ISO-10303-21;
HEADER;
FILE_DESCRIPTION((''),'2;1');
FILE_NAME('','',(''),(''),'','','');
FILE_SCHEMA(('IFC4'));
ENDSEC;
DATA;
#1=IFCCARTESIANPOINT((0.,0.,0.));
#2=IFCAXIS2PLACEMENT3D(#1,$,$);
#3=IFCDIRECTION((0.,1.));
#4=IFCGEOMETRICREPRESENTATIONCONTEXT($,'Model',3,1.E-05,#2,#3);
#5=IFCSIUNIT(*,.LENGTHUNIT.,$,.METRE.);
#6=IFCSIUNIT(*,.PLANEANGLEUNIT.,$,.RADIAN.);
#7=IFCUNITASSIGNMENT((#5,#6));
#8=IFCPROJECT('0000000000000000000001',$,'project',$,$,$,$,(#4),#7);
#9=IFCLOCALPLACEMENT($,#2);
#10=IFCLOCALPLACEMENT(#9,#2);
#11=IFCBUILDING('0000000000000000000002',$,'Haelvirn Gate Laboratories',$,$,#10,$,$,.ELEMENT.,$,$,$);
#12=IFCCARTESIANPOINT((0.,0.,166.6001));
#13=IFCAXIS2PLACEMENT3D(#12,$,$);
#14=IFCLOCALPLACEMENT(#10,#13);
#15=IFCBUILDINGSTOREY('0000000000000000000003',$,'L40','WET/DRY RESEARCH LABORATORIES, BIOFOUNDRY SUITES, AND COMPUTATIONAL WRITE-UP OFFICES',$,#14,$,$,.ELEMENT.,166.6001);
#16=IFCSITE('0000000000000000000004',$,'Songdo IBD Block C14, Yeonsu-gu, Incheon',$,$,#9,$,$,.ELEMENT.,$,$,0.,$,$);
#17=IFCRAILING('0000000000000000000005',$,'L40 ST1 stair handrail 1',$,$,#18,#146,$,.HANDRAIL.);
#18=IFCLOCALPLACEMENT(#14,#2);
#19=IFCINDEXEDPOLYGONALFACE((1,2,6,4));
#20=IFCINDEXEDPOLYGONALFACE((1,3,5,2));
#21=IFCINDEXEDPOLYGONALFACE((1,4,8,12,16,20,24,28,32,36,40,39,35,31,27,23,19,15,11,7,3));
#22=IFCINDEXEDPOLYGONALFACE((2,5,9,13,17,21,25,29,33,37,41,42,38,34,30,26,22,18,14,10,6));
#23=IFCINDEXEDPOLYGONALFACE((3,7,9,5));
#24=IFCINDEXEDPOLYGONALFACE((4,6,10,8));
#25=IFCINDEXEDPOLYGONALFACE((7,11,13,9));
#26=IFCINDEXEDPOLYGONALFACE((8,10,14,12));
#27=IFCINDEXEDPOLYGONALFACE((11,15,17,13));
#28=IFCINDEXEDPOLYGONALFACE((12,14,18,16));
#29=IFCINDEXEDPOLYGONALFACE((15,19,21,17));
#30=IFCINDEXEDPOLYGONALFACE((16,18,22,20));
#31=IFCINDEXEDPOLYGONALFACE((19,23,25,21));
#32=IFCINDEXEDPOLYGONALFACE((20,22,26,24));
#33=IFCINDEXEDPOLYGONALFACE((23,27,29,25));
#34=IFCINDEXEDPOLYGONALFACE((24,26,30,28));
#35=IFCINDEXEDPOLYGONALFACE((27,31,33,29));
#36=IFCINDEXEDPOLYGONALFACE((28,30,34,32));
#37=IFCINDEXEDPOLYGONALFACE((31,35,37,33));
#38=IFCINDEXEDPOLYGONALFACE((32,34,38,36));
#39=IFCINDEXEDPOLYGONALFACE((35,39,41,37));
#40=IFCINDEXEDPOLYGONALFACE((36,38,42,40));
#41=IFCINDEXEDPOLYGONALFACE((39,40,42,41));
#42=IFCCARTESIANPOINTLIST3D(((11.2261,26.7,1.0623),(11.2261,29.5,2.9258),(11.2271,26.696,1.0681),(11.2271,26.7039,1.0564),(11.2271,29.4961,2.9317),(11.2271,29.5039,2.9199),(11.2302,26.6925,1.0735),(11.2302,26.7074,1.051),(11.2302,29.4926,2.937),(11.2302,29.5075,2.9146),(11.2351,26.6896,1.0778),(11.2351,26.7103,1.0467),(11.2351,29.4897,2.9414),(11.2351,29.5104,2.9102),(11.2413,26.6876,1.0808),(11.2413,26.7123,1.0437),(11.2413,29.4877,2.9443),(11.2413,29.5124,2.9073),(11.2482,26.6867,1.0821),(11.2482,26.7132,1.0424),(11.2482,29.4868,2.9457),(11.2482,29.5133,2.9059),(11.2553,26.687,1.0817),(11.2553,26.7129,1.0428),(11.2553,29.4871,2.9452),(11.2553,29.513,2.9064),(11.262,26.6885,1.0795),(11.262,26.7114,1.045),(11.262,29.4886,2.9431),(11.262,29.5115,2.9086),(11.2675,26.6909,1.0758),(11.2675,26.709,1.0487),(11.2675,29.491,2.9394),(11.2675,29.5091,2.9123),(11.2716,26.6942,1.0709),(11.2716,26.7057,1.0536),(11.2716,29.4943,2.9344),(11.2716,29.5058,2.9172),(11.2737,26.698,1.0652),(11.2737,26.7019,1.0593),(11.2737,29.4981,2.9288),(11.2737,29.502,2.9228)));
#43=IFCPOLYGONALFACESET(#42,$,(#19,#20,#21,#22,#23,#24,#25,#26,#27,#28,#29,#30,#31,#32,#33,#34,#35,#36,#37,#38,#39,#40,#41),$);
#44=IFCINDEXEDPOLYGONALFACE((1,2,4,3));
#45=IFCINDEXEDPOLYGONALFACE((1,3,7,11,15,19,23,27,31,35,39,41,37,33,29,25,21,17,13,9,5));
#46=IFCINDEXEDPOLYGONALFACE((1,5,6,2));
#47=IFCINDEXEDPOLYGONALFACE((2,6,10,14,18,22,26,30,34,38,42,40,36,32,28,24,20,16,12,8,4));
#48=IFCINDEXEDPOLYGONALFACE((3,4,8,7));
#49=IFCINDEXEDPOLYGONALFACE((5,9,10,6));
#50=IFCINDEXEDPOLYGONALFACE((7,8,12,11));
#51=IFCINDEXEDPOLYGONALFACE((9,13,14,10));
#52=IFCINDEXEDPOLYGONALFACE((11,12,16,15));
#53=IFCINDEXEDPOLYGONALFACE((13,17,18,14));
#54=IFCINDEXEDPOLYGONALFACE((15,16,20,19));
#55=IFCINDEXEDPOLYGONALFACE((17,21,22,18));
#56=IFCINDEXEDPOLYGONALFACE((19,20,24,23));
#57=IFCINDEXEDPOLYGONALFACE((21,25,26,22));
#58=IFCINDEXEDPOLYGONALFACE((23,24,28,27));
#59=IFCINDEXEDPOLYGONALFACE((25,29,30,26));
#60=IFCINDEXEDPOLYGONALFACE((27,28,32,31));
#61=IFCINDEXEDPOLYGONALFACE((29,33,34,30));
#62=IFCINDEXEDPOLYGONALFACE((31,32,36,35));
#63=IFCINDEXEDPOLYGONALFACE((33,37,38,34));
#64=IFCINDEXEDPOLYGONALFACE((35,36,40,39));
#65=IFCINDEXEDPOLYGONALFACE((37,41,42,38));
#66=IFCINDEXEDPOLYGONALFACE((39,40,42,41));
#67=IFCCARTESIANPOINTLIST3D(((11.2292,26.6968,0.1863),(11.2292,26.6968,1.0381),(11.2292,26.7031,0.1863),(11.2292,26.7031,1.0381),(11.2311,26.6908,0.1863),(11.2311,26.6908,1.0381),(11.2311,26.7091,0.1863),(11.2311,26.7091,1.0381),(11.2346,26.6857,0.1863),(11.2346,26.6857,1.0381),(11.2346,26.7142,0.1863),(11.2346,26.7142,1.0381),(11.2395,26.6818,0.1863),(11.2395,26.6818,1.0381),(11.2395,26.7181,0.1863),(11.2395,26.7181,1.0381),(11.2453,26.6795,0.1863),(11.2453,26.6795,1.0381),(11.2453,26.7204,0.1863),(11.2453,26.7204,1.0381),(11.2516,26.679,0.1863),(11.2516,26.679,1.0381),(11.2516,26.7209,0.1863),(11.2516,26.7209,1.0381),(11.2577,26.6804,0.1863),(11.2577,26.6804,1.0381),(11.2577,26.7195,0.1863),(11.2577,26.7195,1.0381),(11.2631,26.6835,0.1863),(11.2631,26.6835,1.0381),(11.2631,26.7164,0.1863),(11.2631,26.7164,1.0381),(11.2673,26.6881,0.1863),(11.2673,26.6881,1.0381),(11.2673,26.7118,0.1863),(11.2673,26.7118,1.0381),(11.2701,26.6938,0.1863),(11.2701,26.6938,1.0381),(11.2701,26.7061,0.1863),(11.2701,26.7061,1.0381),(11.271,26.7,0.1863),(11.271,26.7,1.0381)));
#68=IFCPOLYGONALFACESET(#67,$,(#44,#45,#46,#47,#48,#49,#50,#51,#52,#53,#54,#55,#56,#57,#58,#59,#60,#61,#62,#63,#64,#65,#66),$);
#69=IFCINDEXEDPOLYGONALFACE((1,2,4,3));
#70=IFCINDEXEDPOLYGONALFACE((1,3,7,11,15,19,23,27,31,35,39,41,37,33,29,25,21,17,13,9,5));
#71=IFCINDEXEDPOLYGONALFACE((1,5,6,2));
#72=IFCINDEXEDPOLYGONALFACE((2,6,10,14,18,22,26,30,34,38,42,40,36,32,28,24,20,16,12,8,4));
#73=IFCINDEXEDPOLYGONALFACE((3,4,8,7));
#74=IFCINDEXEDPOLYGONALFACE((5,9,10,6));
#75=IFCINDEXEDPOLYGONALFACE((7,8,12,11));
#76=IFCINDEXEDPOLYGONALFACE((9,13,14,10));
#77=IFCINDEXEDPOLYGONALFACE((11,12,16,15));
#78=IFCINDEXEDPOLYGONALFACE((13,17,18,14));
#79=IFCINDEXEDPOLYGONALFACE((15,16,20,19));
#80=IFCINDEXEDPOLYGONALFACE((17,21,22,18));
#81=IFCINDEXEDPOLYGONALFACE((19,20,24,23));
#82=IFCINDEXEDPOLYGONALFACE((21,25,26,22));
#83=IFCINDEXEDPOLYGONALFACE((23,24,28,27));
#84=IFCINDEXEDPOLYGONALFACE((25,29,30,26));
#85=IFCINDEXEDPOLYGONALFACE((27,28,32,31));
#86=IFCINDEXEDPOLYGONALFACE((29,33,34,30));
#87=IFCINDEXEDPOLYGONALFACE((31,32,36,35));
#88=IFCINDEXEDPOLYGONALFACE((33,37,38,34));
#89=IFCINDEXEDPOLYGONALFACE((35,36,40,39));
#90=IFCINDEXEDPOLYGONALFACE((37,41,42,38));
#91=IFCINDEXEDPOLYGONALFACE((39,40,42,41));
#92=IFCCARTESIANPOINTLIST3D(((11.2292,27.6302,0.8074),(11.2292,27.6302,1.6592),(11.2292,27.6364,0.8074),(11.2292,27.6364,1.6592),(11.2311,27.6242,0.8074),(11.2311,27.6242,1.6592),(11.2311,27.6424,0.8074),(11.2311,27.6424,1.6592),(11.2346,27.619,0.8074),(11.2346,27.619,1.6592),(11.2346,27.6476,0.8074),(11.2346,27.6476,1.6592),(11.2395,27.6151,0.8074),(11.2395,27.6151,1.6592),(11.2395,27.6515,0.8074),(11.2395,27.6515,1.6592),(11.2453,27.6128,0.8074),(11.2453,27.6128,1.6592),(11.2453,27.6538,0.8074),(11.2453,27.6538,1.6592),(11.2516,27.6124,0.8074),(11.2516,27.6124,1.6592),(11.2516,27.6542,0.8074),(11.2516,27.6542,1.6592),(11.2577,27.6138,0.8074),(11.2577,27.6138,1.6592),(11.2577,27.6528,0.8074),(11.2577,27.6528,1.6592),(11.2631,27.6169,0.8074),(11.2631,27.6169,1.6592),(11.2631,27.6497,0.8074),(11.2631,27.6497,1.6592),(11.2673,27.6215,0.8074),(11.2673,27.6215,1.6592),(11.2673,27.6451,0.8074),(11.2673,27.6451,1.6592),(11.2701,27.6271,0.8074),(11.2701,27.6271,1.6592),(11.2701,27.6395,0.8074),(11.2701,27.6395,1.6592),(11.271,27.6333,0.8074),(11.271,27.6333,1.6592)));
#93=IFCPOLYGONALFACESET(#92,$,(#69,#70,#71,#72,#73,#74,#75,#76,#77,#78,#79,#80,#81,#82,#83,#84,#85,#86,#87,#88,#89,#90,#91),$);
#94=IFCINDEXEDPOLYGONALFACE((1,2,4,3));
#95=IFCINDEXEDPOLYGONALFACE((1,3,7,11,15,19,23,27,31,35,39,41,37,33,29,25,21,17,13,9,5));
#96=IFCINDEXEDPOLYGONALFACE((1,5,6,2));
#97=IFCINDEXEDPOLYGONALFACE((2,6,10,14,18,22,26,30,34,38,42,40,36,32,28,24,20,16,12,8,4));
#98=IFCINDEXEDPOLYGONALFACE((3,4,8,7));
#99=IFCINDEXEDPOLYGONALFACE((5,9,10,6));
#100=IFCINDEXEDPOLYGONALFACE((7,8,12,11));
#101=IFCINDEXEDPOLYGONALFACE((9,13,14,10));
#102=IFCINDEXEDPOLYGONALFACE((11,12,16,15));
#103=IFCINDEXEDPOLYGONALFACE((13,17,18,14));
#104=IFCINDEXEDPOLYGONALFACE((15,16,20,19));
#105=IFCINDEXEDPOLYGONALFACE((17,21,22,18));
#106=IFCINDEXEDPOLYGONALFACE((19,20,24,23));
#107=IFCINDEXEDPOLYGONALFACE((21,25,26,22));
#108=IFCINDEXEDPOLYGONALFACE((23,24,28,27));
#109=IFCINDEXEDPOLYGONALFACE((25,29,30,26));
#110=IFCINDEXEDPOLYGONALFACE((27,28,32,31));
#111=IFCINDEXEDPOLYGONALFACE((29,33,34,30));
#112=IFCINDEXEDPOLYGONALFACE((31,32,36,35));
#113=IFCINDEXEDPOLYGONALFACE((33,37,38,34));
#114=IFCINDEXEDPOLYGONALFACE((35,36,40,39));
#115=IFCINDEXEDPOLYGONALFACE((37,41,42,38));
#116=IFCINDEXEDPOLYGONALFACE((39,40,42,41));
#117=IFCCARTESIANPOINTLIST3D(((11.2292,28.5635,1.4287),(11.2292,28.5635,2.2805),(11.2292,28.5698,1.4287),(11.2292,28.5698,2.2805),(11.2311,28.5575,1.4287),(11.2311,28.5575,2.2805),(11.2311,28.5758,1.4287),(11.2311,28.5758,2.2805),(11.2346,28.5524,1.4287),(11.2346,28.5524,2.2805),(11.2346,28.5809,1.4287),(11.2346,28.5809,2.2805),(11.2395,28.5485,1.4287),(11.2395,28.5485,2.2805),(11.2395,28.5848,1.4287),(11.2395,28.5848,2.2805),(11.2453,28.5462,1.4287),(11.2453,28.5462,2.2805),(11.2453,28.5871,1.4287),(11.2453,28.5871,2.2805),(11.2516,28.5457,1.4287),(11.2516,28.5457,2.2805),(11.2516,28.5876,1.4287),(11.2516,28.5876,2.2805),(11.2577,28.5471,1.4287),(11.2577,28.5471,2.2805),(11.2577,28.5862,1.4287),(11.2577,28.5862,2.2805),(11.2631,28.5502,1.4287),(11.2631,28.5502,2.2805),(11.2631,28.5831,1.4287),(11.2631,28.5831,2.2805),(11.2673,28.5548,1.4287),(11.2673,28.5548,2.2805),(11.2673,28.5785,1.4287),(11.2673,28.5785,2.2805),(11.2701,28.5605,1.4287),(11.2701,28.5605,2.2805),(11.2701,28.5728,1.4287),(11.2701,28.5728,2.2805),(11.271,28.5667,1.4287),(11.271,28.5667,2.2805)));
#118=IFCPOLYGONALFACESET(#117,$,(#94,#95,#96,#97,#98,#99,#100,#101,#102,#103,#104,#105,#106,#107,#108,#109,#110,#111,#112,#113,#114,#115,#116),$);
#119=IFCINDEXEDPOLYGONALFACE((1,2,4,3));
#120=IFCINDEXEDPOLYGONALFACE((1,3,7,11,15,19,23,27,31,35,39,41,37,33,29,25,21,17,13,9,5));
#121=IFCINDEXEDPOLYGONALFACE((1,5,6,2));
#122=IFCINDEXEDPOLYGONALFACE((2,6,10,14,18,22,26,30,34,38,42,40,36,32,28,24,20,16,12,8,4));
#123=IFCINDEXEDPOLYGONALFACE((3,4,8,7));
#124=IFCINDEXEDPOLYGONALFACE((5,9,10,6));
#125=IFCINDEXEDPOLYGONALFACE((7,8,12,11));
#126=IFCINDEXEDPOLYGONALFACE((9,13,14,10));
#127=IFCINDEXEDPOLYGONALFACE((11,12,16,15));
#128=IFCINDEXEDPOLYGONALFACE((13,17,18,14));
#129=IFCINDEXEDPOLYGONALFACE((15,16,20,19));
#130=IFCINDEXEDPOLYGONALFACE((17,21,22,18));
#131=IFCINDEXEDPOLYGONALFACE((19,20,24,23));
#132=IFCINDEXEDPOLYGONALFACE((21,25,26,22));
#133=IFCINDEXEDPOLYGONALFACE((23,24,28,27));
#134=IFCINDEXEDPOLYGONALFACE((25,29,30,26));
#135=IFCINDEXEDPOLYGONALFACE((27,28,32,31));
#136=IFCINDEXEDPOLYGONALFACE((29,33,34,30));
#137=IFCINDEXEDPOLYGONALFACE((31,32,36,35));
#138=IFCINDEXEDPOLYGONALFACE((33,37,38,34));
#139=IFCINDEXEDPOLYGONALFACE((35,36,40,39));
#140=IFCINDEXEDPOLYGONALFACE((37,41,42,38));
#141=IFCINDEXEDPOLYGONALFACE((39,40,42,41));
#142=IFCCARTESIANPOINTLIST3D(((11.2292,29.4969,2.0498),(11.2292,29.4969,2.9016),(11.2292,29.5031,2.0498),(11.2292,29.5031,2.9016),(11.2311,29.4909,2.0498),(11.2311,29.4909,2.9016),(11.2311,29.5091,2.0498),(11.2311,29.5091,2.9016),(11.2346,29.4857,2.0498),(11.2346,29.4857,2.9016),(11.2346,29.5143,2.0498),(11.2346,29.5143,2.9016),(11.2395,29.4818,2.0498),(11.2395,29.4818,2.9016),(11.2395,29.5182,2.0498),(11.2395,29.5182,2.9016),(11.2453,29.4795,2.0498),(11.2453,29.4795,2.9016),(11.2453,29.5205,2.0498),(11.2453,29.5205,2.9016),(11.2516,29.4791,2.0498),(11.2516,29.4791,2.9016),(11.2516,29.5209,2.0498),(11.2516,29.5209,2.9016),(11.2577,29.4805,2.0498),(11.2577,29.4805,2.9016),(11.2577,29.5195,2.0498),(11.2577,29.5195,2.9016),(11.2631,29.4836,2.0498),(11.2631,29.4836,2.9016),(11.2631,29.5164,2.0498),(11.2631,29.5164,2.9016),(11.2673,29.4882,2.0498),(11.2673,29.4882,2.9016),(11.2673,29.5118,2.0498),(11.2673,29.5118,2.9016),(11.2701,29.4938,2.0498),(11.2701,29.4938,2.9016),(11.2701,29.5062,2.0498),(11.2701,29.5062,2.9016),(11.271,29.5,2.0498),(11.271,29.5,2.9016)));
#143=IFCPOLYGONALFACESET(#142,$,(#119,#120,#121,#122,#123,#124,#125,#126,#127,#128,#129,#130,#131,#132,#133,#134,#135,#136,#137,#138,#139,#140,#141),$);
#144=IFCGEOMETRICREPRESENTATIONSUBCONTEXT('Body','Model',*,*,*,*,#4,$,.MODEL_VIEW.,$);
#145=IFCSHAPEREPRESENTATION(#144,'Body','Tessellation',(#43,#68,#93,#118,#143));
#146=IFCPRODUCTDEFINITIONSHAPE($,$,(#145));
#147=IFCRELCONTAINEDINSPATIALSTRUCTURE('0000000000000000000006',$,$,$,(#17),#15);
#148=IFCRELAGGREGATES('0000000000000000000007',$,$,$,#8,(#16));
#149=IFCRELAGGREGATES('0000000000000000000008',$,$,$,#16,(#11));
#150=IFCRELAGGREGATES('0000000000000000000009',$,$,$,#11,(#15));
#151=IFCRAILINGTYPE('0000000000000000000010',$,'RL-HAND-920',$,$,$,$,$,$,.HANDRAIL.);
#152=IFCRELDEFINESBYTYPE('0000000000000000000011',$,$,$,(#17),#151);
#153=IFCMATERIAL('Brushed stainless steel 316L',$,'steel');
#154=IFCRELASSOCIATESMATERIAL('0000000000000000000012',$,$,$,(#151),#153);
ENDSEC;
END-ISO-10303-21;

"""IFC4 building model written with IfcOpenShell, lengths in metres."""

from ifc_helpers import new_model, si_unit, direction, frame, origin, origin_2d, place, context, subcontext, project, spatial, circle, extrude, source, transform, mapped, material, type_object, element, save


model = new_model("IFC4")

# Units and contexts
model_context = context("Model", 3, precision=1e-05, world=origin(), true_north=direction((0.0, 1.0)))
body_context = subcontext(model_context, "Body", "Model", "MODEL_VIEW")
ifc_project = project(units=[si_unit("LENGTHUNIT", "METRE"), si_unit("PLANEANGLEUNIT", "RADIAN")], contexts=[model_context])

# Site, building, storey
site_placement = place(None, origin())
site = spatial("IfcSite", under=ifc_project, at=site_placement, Name="Songdo IBD Block C14, Yeonsu-gu, Incheon", CompositionType="ELEMENT", RefElevation=0.0)
building_placement = place(site_placement, origin())
building = spatial("IfcBuilding", under=site, at=building_placement, Name="Haelvirn Gate Laboratories", CompositionType="ELEMENT")
storey_placement = place(building_placement, frame((0.0, 0.0, 166.6001)))
storey = spatial("IfcBuildingStorey", under=building, at=storey_placement, Name="L40", Description="WET/DRY RESEARCH LABORATORIES, BIOFOUNDRY SUITES, AND COMPUTATIONAL WRITE-UP OFFICES", CompositionType="ELEMENT", Elevation=166.6001)

# Railing
ifc_material_1 = material(Name="Brushed stainless steel 316L", Category="steel")
railing_type_1 = type_object("IfcRailingType", Name="RL-HAND-920", PredefinedType="HANDRAIL", material=ifc_material_1)
shared_shape_1 = source(origin(), body_context, "Body", "SweptSolid", [
    extrude(circle(Radius=0.0239, at=origin_2d()), frame((0.0, 0.0, 0.876), z_axis=(0.0, 0.832486, 0.554047), x_axis=(-1.0, 0.0, 0.0)), (0.0, 0.0, 1.0), 3.3635),
    extrude(circle(Radius=0.021, at=origin_2d()), origin(), (0.0, 0.0, 1.0), 0.8518),
    extrude(circle(Radius=0.021, at=origin_2d()), frame((0.0, 0.9333, 0.6211)), (0.0, 0.0, 1.0), 0.8518),
    extrude(circle(Radius=0.021, at=origin_2d()), frame((0.0, 1.8667, 1.2424)), (0.0, 0.0, 1.0), 0.8518),
    extrude(circle(Radius=0.021, at=origin_2d()), frame((0.0, 2.8, 1.8635)), (0.0, 0.0, 1.0), 0.8518),
])
railing_1_placement = place(storey_placement, frame((11.25, 26.7, 0.1863)))
element("IfcRailing", 1, at=railing_1_placement, inside=storey, type_object=railing_type_1, Name="L40 ST1 stair handrail 1", PredefinedType="HANDRAIL", context=body_context, shape_type="MappedRepresentation", body=[
    mapped(shared_shape_1, transform((0.0, 0.0, 0.0), scale=1.0)),
])

save(model, "model.ifc")
